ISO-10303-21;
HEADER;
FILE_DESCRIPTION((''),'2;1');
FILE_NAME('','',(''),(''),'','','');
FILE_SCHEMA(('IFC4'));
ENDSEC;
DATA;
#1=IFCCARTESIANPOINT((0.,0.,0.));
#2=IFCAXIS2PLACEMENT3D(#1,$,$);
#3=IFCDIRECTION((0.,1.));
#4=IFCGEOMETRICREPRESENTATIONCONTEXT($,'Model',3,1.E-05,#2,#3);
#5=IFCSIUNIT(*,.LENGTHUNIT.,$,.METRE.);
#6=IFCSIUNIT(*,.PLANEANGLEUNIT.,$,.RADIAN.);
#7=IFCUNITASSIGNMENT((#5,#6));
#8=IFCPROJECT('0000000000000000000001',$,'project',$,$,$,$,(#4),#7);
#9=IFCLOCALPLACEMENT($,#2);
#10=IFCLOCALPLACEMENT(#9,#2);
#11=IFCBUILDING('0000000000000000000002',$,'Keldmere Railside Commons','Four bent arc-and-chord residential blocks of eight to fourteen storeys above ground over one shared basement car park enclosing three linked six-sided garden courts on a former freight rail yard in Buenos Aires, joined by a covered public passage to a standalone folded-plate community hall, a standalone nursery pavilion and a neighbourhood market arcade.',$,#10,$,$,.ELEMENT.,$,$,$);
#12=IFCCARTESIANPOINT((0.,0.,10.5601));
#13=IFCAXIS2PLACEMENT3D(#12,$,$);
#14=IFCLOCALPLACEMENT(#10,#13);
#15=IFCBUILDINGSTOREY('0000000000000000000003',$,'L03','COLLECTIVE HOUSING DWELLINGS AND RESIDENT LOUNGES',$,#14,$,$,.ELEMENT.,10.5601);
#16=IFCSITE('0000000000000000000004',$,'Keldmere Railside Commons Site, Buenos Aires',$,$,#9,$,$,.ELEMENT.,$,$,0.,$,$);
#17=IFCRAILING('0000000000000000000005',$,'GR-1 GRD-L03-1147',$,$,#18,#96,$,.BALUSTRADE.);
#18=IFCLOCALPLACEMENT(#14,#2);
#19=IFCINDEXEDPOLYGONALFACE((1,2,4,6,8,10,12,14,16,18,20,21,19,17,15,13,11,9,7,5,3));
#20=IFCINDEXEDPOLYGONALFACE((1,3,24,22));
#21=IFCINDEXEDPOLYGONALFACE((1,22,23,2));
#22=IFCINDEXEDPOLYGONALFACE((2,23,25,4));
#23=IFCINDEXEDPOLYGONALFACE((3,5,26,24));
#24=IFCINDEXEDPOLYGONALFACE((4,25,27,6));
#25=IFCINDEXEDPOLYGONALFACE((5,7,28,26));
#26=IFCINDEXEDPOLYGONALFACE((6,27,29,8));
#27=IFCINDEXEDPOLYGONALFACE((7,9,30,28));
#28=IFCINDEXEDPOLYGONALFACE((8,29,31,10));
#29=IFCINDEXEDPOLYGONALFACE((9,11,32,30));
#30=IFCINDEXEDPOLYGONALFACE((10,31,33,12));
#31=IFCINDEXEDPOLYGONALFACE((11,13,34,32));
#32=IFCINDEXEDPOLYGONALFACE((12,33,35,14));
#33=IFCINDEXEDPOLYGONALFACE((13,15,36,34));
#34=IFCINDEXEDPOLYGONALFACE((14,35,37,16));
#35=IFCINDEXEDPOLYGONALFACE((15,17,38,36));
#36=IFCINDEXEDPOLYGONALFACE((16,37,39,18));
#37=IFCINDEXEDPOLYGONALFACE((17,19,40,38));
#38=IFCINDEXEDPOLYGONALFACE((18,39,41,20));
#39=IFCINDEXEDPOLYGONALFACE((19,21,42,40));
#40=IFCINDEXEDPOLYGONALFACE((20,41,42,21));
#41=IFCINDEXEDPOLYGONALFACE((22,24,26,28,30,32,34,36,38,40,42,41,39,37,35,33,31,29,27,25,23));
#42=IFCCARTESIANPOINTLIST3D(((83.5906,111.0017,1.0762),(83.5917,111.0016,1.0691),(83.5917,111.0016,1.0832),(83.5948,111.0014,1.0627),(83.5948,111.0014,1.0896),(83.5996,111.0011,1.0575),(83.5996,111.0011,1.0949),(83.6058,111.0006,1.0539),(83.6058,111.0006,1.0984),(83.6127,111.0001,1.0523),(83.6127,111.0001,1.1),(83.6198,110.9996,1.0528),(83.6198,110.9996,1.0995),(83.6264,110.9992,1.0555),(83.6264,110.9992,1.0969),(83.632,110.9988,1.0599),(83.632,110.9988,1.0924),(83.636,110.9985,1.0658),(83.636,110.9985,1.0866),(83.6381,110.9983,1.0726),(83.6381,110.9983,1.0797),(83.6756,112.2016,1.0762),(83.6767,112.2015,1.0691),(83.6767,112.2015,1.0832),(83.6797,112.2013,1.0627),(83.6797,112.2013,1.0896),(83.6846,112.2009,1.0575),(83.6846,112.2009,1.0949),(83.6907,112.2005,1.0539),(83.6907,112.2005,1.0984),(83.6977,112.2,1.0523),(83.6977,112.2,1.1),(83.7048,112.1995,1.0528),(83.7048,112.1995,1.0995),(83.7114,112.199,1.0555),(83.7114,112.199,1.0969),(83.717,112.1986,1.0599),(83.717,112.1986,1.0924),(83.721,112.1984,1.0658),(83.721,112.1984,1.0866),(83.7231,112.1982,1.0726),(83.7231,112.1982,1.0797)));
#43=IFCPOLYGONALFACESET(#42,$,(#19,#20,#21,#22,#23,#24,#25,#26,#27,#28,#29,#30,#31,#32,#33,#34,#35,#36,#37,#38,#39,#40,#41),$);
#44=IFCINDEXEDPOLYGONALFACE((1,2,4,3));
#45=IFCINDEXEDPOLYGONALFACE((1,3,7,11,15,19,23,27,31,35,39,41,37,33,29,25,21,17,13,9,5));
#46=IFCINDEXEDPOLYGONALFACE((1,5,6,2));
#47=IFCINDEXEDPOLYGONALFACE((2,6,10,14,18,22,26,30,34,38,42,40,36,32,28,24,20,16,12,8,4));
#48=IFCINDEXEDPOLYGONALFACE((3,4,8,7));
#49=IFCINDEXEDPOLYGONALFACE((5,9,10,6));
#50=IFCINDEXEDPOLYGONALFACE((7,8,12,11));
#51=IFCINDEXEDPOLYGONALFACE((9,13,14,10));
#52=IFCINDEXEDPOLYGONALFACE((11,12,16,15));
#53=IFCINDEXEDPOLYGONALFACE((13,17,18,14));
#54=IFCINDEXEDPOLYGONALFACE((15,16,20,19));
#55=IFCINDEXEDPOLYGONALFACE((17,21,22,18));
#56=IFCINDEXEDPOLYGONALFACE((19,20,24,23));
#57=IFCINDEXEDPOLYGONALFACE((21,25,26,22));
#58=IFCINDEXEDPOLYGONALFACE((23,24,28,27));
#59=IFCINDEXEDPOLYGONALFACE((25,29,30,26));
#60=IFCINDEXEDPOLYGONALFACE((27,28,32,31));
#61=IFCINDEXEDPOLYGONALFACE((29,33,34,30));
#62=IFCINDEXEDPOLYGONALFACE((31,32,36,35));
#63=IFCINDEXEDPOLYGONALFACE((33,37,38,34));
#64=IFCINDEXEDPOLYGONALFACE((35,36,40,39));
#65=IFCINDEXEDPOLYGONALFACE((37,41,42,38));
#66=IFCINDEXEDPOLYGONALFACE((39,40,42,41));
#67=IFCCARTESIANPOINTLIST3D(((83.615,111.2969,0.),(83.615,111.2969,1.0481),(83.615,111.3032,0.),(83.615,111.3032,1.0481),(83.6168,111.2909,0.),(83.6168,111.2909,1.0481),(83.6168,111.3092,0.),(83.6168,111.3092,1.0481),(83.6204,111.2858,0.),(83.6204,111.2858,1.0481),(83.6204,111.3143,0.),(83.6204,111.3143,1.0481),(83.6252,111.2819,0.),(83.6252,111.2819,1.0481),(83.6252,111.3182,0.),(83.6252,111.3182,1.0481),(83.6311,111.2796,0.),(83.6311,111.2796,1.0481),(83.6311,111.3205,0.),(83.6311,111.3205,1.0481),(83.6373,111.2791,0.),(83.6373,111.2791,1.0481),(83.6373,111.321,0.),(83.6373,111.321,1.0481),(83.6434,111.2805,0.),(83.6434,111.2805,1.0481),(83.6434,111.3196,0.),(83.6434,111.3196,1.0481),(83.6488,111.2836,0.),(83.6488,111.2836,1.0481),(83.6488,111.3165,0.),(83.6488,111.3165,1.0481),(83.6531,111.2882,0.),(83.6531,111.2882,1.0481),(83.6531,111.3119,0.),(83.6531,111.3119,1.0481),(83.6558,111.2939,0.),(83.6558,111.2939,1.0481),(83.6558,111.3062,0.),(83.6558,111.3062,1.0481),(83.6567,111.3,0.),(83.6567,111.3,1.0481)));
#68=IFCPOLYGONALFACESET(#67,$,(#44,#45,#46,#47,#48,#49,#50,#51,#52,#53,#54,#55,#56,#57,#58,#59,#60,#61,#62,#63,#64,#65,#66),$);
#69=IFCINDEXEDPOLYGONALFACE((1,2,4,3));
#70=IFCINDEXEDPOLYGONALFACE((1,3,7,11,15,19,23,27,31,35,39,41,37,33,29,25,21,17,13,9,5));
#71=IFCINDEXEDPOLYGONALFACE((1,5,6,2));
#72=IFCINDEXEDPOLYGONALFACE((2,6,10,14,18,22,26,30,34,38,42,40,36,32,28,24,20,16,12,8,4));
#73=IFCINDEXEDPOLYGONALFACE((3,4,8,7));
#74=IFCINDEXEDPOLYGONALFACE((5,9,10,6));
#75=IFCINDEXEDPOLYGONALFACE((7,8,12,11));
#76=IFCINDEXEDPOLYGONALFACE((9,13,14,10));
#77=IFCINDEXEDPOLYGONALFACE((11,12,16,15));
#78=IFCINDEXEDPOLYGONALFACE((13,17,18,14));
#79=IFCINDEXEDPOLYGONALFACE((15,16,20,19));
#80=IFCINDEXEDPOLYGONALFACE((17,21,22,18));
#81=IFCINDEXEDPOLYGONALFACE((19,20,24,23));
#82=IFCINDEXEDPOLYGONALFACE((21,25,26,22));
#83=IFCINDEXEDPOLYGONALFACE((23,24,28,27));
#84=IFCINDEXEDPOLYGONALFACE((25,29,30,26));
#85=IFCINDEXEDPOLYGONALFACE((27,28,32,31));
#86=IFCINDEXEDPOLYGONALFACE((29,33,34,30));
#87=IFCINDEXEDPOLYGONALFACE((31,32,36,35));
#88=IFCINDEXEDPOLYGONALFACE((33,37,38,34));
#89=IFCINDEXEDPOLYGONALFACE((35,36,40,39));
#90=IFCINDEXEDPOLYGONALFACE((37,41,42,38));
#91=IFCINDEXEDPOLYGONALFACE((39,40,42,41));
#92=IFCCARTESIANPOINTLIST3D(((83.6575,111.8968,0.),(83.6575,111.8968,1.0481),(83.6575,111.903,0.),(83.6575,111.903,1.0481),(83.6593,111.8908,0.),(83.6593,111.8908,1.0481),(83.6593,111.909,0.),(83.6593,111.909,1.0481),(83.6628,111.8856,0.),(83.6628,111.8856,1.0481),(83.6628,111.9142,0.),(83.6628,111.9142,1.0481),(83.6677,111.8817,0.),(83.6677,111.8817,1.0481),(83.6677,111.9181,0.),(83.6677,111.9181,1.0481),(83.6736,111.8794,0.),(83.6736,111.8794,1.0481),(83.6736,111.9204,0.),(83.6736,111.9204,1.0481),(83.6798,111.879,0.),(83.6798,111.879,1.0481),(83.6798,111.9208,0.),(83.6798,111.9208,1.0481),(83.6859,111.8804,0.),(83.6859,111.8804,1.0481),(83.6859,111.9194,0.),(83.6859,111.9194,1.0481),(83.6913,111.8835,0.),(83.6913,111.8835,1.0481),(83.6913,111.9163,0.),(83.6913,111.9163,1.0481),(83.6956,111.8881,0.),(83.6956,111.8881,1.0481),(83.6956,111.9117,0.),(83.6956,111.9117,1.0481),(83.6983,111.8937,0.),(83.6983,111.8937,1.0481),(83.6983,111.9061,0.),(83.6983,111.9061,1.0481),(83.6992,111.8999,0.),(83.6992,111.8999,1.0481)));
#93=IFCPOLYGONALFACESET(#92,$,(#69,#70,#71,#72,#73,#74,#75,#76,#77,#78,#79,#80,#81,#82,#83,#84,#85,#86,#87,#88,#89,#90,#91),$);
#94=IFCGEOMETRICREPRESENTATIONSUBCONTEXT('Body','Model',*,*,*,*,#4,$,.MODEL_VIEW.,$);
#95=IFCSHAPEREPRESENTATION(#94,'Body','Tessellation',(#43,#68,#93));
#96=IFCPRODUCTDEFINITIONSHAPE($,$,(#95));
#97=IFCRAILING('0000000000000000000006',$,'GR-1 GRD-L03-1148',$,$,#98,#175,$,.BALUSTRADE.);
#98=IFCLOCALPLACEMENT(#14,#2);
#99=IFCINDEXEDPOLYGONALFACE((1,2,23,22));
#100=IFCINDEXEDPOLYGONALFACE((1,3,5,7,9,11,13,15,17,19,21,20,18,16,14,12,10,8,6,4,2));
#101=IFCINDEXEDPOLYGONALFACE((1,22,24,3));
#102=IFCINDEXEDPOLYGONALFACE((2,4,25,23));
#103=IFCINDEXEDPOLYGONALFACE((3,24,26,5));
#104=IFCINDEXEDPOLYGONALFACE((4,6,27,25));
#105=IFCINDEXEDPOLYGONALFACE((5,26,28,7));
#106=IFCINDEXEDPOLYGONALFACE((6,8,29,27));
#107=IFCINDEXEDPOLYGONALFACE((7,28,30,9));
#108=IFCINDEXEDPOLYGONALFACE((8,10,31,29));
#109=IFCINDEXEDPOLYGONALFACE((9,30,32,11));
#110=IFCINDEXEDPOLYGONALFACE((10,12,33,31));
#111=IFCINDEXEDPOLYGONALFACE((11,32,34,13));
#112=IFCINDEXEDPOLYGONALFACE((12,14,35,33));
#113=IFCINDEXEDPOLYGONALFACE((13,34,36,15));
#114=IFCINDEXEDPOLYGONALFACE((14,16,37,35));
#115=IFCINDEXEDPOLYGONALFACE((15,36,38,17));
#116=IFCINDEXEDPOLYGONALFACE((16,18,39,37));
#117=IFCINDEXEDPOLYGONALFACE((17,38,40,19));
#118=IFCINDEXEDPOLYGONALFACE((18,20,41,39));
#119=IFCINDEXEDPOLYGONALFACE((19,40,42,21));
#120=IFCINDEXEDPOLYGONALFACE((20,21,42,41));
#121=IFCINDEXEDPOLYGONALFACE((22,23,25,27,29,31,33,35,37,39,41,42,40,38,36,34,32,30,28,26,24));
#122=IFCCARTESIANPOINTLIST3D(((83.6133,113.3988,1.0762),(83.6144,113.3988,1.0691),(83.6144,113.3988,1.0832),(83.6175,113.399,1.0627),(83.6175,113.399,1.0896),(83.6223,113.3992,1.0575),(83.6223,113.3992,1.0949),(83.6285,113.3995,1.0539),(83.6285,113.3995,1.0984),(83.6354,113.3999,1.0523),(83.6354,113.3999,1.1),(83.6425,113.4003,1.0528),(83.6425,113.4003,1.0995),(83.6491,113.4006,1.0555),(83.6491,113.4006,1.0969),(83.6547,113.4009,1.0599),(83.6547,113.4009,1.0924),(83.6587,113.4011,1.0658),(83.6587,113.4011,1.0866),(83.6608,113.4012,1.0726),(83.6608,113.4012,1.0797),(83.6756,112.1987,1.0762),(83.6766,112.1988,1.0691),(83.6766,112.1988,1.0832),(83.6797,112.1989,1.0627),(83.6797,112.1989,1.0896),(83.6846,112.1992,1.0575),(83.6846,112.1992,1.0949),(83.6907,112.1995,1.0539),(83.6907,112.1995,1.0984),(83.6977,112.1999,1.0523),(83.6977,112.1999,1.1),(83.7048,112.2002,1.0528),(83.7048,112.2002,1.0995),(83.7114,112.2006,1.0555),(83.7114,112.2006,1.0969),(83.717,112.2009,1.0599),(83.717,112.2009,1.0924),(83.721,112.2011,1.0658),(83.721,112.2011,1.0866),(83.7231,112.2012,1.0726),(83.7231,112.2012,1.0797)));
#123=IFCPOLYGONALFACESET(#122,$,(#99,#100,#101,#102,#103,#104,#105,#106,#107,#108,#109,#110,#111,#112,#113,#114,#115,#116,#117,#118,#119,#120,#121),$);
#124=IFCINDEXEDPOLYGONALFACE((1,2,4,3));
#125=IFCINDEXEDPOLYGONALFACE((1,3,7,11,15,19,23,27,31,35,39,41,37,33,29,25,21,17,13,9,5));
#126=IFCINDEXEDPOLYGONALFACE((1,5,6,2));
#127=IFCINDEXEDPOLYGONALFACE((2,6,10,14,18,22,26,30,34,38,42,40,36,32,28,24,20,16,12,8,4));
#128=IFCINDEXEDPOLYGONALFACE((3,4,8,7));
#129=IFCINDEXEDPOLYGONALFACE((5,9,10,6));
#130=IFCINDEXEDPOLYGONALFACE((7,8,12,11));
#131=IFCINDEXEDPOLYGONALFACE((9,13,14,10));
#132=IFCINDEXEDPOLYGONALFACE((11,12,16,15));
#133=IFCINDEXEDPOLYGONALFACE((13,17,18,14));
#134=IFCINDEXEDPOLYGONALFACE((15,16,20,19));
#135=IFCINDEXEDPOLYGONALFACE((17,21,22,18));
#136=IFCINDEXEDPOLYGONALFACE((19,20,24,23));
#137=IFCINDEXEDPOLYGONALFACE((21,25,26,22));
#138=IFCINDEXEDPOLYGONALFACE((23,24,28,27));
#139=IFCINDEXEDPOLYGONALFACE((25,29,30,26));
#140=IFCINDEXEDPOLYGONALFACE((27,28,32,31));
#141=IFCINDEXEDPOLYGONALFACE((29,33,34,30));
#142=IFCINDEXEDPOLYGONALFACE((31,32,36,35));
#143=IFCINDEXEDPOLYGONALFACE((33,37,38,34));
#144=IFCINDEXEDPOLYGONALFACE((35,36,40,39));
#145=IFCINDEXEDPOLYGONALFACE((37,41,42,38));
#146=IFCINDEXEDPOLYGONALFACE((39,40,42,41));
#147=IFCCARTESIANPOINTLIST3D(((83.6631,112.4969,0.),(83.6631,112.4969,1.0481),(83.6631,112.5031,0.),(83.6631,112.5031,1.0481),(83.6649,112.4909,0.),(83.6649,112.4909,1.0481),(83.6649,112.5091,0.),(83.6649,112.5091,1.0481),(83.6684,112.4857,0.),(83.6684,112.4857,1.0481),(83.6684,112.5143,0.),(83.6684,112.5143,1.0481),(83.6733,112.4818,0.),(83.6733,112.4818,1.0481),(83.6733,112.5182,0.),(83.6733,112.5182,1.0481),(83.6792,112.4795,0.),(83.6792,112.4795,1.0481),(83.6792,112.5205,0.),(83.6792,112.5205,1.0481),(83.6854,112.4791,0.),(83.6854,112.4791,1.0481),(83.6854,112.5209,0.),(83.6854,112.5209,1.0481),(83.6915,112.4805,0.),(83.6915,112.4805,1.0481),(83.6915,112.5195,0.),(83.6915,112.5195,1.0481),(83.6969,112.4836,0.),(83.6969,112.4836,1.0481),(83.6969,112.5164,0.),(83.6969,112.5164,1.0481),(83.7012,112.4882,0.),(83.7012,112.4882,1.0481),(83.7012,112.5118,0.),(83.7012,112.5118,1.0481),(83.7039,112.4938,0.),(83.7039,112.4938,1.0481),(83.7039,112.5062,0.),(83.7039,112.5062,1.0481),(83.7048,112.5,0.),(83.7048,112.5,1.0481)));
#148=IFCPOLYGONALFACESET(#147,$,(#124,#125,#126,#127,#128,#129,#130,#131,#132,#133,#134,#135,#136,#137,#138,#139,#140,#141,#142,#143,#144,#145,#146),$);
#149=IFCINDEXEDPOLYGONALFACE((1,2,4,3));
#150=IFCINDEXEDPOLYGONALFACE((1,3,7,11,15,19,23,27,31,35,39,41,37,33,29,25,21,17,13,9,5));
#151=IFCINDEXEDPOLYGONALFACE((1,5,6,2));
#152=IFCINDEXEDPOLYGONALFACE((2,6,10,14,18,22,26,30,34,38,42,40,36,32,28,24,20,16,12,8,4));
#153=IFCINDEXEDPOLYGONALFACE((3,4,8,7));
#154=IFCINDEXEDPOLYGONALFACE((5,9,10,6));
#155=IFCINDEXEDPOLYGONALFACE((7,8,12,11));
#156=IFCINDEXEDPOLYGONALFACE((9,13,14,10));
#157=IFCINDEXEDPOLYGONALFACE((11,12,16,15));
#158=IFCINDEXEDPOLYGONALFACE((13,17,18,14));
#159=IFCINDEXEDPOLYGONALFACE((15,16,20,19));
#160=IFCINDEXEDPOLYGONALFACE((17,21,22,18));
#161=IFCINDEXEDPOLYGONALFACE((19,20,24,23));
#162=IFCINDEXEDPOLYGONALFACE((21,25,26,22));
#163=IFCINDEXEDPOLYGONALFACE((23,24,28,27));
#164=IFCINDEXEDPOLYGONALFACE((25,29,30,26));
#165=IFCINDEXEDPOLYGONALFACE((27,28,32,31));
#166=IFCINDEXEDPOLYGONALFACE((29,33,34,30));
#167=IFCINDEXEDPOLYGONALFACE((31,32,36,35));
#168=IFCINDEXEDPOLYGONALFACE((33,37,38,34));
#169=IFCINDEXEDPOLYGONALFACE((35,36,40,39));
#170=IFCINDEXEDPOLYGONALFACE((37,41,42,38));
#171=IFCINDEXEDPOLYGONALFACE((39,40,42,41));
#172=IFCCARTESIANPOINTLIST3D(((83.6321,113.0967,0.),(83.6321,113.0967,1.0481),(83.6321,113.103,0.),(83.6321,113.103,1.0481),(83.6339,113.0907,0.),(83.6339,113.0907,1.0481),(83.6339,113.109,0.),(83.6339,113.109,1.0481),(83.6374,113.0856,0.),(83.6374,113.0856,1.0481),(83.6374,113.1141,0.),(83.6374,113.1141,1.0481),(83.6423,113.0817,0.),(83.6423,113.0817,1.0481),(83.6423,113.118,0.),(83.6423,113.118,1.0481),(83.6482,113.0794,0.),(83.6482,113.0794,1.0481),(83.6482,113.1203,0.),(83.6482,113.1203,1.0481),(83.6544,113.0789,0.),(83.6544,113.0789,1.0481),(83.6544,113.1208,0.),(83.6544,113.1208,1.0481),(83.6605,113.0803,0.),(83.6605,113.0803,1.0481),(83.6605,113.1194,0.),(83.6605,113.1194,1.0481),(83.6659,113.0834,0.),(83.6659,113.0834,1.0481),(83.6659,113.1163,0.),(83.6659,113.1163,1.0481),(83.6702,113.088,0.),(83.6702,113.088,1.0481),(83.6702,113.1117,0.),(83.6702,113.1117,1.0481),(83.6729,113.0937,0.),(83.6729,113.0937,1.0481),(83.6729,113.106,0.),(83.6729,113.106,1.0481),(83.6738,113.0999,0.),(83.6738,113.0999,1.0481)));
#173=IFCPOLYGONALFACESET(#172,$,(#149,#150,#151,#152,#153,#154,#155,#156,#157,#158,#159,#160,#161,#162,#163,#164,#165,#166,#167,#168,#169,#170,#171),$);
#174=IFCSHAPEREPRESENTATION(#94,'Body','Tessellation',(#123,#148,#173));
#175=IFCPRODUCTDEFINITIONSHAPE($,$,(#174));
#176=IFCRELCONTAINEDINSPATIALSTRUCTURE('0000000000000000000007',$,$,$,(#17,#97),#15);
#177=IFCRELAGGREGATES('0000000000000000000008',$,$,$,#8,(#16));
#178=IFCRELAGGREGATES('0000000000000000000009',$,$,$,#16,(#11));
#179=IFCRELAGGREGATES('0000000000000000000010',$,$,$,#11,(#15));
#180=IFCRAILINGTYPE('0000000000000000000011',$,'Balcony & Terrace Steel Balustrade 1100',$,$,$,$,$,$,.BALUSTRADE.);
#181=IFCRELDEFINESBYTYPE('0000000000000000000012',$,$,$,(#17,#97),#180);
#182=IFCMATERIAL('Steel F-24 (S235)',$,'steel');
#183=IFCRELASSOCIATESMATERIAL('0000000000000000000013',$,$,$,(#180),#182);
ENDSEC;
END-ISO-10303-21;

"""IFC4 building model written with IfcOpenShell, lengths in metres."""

from ifc_helpers import new_model, si_unit, direction, frame, origin, origin_2d, place, context, subcontext, project, spatial, circle, extrude, material, type_object, element, save


model = new_model("IFC4")

# Units and contexts
model_context = context("Model", 3, precision=1e-05, world=origin(), true_north=direction((0.0, 1.0)))
body_context = subcontext(model_context, "Body", "Model", "MODEL_VIEW")
ifc_project = project(units=[si_unit("LENGTHUNIT", "METRE"), si_unit("PLANEANGLEUNIT", "RADIAN")], contexts=[model_context])

# Site, building, storey
site_placement = place(None, origin())
site = spatial("IfcSite", under=ifc_project, at=site_placement, Name="Keldmere Railside Commons Site, Buenos Aires", CompositionType="ELEMENT", RefElevation=0.0)
building_placement = place(site_placement, origin())
building = spatial("IfcBuilding", under=site, at=building_placement, Name="Keldmere Railside Commons", Description="Four bent arc-and-chord residential blocks of eight to fourteen storeys above ground over one shared basement car park enclosing three linked six-sided garden courts on a former freight rail yard in Buenos Aires, joined by a covered public passage to a standalone folded-plate community hall, a standalone nursery pavilion and a neighbourhood market arcade.", CompositionType="ELEMENT")
storey_placement = place(building_placement, frame((0.0, 0.0, 10.5601)))
storey = spatial("IfcBuildingStorey", under=building, at=storey_placement, Name="L03", Description="COLLECTIVE HOUSING DWELLINGS AND RESIDENT LOUNGES", CompositionType="ELEMENT", Elevation=10.5601)

# Shared definitions
ifc_material_1 = material(Name="Steel F-24 (S235)", Category="steel")

# Railings
railing_type_1 = type_object("IfcRailingType", Name="Balcony & Terrace Steel Balustrade 1100", PredefinedType="BALUSTRADE", material=ifc_material_1)
railing_1_placement = place(storey_placement, frame((83.6145, 111.0, 0.0)))
element("IfcRailing", 1, at=railing_1_placement, inside=storey, type_object=railing_type_1, Name="GR-1 GRD-L03-1147", PredefinedType="BALUSTRADE", context=body_context, shape_type="SweptSolid", body=[
    extrude(circle(Radius=0.0239, at=origin_2d()), frame((0.0, 0.0, 1.0762), z_axis=(0.070627, 0.997503, 0.0), x_axis=(-0.997503, 0.070627, 0.0)), (0.0, 0.0, 1.0), 1.2029),
    extrude(circle(Radius=0.021, at=origin_2d()), frame((0.0212, 0.3, 0.0)), (0.0, 0.0, 1.0), 1.0481),
    extrude(circle(Radius=0.021, at=origin_2d()), frame((0.0637, 0.8999, 0.0)), (0.0, 0.0, 1.0), 1.0481),
])
railing_2_placement = place(storey_placement, frame((83.6995, 112.2, 0.0)))
element("IfcRailing", 2, at=railing_2_placement, inside=storey, type_object=railing_type_1, Name="GR-1 GRD-L03-1148", PredefinedType="BALUSTRADE", context=body_context, shape_type="SweptSolid", body=[
    extrude(circle(Radius=0.0239, at=origin_2d()), frame((0.0, 0.0, 1.0762), z_axis=(-0.051812, 0.998657, 0.0), x_axis=(-0.998657, -0.051812, 0.0)), (0.0, 0.0, 1.0), 1.2017),
    extrude(circle(Radius=0.021, at=origin_2d()), frame((-0.0156, 0.3, 0.0)), (0.0, 0.0, 1.0), 1.0481),
    extrude(circle(Radius=0.021, at=origin_2d()), frame((-0.0466, 0.8999, 0.0)), (0.0, 0.0, 1.0), 1.0481),
])

save(model, "model.ifc")
